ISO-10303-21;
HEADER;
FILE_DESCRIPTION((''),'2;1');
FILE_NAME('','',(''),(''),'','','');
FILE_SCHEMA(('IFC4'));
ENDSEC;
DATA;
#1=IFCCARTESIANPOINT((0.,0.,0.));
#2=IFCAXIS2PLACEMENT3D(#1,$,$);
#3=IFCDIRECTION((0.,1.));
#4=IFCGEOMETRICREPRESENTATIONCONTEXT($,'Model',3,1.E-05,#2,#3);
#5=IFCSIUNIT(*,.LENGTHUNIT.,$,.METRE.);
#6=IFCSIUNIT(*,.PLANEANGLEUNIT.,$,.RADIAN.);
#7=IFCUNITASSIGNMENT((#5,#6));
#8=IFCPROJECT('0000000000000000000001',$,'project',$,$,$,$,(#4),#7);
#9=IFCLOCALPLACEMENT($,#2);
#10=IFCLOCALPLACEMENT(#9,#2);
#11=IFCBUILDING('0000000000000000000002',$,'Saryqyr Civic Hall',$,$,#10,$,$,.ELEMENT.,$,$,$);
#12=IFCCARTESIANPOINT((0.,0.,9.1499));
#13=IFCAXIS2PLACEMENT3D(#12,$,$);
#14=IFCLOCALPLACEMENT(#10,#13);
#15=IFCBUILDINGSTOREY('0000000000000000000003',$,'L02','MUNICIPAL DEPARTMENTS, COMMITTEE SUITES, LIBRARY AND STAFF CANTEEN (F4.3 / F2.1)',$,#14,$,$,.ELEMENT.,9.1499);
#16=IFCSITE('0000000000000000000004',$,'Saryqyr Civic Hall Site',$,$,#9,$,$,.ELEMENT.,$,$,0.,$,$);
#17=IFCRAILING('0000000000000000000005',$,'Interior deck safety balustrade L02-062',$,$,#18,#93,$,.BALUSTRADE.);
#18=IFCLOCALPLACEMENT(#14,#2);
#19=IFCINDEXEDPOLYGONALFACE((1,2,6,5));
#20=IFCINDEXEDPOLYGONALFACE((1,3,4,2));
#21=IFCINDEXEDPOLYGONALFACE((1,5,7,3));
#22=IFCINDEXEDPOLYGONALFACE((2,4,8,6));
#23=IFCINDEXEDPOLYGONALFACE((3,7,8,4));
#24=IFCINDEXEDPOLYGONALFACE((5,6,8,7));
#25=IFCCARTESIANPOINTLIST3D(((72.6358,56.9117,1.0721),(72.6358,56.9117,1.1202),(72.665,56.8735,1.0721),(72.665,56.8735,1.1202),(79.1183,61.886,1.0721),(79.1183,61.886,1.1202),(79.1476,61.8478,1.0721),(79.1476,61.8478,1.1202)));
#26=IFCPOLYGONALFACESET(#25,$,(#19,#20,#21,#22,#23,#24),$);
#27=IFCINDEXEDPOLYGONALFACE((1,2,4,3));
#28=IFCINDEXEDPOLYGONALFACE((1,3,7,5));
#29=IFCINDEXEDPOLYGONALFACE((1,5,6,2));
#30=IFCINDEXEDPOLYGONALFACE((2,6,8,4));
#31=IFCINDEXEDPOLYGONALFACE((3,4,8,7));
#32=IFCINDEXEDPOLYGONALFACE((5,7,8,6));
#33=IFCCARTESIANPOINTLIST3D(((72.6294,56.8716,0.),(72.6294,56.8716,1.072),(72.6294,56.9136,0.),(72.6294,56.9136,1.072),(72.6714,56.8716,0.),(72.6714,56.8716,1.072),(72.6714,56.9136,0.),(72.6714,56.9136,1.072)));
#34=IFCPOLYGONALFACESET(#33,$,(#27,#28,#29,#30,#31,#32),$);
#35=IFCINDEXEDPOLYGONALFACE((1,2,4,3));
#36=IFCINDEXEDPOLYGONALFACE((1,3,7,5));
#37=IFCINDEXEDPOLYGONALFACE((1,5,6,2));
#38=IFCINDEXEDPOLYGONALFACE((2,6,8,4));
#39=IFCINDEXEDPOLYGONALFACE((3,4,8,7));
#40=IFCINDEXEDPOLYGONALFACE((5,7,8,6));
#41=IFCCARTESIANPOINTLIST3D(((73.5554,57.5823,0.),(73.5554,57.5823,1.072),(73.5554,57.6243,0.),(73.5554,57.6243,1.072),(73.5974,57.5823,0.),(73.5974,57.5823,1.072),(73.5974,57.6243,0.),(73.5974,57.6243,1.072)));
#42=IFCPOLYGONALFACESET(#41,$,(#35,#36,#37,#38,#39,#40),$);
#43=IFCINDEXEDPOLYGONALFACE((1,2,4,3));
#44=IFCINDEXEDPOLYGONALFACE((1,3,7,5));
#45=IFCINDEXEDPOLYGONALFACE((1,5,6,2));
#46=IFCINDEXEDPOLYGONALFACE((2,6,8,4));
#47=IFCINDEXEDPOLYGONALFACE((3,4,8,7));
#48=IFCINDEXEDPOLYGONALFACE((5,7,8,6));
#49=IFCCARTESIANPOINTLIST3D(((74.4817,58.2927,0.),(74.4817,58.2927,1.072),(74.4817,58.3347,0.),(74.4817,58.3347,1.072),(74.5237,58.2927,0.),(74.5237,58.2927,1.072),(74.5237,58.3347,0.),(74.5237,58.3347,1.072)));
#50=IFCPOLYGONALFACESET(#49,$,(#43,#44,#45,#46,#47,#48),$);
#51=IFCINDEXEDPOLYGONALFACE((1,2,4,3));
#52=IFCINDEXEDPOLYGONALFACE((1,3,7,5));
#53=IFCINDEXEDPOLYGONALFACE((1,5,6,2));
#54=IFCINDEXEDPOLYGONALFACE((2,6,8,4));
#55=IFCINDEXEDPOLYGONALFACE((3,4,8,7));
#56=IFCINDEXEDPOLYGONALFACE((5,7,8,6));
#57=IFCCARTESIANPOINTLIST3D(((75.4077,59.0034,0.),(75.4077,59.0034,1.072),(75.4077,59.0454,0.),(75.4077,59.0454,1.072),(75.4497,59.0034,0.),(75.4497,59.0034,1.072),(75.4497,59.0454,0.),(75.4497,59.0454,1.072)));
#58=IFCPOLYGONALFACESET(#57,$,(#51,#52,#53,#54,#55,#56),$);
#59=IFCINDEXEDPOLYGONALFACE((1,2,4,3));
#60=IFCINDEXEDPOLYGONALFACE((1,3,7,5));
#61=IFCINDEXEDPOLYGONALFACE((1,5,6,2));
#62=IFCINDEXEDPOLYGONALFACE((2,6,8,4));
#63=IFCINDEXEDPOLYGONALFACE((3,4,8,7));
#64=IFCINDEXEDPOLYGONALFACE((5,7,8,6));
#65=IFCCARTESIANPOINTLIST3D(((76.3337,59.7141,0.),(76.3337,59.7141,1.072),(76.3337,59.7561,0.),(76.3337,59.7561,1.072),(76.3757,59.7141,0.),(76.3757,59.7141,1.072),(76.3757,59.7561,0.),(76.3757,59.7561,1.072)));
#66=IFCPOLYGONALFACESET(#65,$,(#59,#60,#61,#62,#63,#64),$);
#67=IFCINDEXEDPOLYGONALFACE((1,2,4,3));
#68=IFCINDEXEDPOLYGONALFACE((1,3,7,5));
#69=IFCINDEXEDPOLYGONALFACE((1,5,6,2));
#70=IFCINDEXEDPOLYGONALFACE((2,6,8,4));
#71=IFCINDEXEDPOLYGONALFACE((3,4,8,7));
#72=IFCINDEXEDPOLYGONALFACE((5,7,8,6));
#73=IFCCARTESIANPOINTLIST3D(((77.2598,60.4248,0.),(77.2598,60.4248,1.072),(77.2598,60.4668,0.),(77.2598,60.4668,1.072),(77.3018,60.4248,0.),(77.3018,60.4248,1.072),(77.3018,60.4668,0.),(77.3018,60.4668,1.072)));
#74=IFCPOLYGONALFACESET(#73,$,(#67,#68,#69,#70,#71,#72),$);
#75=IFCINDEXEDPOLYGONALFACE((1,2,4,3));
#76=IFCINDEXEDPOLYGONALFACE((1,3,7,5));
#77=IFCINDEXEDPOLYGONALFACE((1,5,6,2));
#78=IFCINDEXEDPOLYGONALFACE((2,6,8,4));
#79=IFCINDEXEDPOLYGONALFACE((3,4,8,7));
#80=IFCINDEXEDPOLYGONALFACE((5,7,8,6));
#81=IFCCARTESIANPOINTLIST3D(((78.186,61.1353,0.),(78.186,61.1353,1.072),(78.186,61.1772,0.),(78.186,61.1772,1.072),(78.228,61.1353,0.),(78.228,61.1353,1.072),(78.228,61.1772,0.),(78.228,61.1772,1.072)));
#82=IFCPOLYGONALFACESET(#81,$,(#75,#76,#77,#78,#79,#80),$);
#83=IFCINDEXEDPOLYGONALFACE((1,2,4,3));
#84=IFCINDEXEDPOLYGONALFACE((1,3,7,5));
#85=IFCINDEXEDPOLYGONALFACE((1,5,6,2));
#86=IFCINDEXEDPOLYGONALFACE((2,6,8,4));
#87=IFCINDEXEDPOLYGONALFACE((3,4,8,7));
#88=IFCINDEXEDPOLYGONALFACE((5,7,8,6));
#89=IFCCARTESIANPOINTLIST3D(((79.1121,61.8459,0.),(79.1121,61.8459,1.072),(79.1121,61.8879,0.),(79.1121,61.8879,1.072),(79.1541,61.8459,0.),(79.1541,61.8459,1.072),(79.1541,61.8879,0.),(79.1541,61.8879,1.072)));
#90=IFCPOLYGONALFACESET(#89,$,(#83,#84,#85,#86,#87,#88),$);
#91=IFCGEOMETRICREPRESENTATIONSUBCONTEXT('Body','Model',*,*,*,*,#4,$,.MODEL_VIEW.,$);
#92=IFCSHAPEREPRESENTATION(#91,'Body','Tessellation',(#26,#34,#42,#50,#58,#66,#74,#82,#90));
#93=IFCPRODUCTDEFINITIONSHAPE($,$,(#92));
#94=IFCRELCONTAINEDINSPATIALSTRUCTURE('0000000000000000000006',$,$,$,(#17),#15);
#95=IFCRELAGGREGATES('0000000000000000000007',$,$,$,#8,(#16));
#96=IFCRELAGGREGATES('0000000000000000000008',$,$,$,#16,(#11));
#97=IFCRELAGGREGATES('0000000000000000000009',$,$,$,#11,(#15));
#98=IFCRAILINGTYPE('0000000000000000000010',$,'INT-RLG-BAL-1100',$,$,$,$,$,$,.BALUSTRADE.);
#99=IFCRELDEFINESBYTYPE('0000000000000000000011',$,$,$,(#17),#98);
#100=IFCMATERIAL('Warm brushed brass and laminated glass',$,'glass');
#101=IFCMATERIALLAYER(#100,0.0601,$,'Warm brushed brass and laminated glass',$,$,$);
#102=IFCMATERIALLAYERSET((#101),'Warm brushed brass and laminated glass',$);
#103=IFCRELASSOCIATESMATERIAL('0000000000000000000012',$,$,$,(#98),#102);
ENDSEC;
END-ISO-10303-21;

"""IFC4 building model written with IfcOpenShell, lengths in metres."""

from ifc_helpers import new_model, si_unit, direction, frame, origin, origin_2d, place, context, subcontext, project, spatial, rectangle, extrude, material, layer, layer_set, type_object, element, save


model = new_model("IFC4")

# Units and contexts
model_context = context("Model", 3, precision=1e-05, world=origin(), true_north=direction((0.0, 1.0)))
body_context = subcontext(model_context, "Body", "Model", "MODEL_VIEW")
ifc_project = project(units=[si_unit("LENGTHUNIT", "METRE"), si_unit("PLANEANGLEUNIT", "RADIAN")], contexts=[model_context])

# Site, building, storey
site_placement = place(None, origin())
site = spatial("IfcSite", under=ifc_project, at=site_placement, Name="Saryqyr Civic Hall Site", CompositionType="ELEMENT", RefElevation=0.0)
building_placement = place(site_placement, origin())
building = spatial("IfcBuilding", under=site, at=building_placement, Name="Saryqyr Civic Hall", CompositionType="ELEMENT")
storey_placement = place(building_placement, frame((0.0, 0.0, 9.1499)))
storey = spatial("IfcBuildingStorey", under=building, at=storey_placement, Name="L02", Description="MUNICIPAL DEPARTMENTS, COMMITTEE SUITES, LIBRARY AND STAFF CANTEEN (F4.3 / F2.1)", CompositionType="ELEMENT", Elevation=9.1499)

# Railing
ifc_material_1 = material(Name="Warm brushed brass and laminated glass", Category="glass")
ifc_layer_1 = layer(ifc_material_1, 0.0601, Name="Warm brushed brass and laminated glass")
ifc_layer_set_1 = layer_set([ifc_layer_1], Name="Warm brushed brass and laminated glass")
railing_type_1 = type_object("IfcRailingType", Name="INT-RLG-BAL-1100", PredefinedType="BALUSTRADE", material=ifc_layer_set_1)
railing_1_placement = place(storey_placement, frame((72.6504, 56.8926, 0.0)))
element("IfcRailing", 1, at=railing_1_placement, inside=storey, type_object=railing_type_1, Name="Interior deck safety balustrade L02-062", PredefinedType="BALUSTRADE", context=body_context, shape_type="SweptSolid", body=[
    extrude(rectangle(XDim=0.0481, YDim=0.0481, at=origin_2d()), frame((0.0, 0.0, 1.0962), z_axis=(0.793351, 0.608765, 0.0), x_axis=(-0.608765, 0.793351, 0.0)), (0.0, 0.0, 1.0), 8.1711),
    extrude(rectangle(XDim=0.042, YDim=0.042, at=origin_2d()), origin(), (0.0, 0.0, 1.0), 1.072),
    extrude(rectangle(XDim=0.042, YDim=0.042, at=origin_2d()), frame((0.926, 0.7107, 0.0)), (0.0, 0.0, 1.0), 1.072),
    extrude(rectangle(XDim=0.042, YDim=0.042, at=origin_2d()), frame((1.8523, 1.4211, 0.0)), (0.0, 0.0, 1.0), 1.072),
    extrude(rectangle(XDim=0.042, YDim=0.042, at=origin_2d()), frame((2.7783, 2.1318, 0.0)), (0.0, 0.0, 1.0), 1.072),
    extrude(rectangle(XDim=0.042, YDim=0.042, at=origin_2d()), frame((3.7043, 2.8425, 0.0)), (0.0, 0.0, 1.0), 1.072),
    extrude(rectangle(XDim=0.042, YDim=0.042, at=origin_2d()), frame((4.6304, 3.5532, 0.0)), (0.0, 0.0, 1.0), 1.072),
    extrude(rectangle(XDim=0.042, YDim=0.042, at=origin_2d()), frame((5.5566, 4.2637, 0.0)), (0.0, 0.0, 1.0), 1.072),
    extrude(rectangle(XDim=0.042, YDim=0.042, at=origin_2d()), frame((6.4827, 4.9744, 0.0)), (0.0, 0.0, 1.0), 1.072),
])

save(model, "model.ifc")
